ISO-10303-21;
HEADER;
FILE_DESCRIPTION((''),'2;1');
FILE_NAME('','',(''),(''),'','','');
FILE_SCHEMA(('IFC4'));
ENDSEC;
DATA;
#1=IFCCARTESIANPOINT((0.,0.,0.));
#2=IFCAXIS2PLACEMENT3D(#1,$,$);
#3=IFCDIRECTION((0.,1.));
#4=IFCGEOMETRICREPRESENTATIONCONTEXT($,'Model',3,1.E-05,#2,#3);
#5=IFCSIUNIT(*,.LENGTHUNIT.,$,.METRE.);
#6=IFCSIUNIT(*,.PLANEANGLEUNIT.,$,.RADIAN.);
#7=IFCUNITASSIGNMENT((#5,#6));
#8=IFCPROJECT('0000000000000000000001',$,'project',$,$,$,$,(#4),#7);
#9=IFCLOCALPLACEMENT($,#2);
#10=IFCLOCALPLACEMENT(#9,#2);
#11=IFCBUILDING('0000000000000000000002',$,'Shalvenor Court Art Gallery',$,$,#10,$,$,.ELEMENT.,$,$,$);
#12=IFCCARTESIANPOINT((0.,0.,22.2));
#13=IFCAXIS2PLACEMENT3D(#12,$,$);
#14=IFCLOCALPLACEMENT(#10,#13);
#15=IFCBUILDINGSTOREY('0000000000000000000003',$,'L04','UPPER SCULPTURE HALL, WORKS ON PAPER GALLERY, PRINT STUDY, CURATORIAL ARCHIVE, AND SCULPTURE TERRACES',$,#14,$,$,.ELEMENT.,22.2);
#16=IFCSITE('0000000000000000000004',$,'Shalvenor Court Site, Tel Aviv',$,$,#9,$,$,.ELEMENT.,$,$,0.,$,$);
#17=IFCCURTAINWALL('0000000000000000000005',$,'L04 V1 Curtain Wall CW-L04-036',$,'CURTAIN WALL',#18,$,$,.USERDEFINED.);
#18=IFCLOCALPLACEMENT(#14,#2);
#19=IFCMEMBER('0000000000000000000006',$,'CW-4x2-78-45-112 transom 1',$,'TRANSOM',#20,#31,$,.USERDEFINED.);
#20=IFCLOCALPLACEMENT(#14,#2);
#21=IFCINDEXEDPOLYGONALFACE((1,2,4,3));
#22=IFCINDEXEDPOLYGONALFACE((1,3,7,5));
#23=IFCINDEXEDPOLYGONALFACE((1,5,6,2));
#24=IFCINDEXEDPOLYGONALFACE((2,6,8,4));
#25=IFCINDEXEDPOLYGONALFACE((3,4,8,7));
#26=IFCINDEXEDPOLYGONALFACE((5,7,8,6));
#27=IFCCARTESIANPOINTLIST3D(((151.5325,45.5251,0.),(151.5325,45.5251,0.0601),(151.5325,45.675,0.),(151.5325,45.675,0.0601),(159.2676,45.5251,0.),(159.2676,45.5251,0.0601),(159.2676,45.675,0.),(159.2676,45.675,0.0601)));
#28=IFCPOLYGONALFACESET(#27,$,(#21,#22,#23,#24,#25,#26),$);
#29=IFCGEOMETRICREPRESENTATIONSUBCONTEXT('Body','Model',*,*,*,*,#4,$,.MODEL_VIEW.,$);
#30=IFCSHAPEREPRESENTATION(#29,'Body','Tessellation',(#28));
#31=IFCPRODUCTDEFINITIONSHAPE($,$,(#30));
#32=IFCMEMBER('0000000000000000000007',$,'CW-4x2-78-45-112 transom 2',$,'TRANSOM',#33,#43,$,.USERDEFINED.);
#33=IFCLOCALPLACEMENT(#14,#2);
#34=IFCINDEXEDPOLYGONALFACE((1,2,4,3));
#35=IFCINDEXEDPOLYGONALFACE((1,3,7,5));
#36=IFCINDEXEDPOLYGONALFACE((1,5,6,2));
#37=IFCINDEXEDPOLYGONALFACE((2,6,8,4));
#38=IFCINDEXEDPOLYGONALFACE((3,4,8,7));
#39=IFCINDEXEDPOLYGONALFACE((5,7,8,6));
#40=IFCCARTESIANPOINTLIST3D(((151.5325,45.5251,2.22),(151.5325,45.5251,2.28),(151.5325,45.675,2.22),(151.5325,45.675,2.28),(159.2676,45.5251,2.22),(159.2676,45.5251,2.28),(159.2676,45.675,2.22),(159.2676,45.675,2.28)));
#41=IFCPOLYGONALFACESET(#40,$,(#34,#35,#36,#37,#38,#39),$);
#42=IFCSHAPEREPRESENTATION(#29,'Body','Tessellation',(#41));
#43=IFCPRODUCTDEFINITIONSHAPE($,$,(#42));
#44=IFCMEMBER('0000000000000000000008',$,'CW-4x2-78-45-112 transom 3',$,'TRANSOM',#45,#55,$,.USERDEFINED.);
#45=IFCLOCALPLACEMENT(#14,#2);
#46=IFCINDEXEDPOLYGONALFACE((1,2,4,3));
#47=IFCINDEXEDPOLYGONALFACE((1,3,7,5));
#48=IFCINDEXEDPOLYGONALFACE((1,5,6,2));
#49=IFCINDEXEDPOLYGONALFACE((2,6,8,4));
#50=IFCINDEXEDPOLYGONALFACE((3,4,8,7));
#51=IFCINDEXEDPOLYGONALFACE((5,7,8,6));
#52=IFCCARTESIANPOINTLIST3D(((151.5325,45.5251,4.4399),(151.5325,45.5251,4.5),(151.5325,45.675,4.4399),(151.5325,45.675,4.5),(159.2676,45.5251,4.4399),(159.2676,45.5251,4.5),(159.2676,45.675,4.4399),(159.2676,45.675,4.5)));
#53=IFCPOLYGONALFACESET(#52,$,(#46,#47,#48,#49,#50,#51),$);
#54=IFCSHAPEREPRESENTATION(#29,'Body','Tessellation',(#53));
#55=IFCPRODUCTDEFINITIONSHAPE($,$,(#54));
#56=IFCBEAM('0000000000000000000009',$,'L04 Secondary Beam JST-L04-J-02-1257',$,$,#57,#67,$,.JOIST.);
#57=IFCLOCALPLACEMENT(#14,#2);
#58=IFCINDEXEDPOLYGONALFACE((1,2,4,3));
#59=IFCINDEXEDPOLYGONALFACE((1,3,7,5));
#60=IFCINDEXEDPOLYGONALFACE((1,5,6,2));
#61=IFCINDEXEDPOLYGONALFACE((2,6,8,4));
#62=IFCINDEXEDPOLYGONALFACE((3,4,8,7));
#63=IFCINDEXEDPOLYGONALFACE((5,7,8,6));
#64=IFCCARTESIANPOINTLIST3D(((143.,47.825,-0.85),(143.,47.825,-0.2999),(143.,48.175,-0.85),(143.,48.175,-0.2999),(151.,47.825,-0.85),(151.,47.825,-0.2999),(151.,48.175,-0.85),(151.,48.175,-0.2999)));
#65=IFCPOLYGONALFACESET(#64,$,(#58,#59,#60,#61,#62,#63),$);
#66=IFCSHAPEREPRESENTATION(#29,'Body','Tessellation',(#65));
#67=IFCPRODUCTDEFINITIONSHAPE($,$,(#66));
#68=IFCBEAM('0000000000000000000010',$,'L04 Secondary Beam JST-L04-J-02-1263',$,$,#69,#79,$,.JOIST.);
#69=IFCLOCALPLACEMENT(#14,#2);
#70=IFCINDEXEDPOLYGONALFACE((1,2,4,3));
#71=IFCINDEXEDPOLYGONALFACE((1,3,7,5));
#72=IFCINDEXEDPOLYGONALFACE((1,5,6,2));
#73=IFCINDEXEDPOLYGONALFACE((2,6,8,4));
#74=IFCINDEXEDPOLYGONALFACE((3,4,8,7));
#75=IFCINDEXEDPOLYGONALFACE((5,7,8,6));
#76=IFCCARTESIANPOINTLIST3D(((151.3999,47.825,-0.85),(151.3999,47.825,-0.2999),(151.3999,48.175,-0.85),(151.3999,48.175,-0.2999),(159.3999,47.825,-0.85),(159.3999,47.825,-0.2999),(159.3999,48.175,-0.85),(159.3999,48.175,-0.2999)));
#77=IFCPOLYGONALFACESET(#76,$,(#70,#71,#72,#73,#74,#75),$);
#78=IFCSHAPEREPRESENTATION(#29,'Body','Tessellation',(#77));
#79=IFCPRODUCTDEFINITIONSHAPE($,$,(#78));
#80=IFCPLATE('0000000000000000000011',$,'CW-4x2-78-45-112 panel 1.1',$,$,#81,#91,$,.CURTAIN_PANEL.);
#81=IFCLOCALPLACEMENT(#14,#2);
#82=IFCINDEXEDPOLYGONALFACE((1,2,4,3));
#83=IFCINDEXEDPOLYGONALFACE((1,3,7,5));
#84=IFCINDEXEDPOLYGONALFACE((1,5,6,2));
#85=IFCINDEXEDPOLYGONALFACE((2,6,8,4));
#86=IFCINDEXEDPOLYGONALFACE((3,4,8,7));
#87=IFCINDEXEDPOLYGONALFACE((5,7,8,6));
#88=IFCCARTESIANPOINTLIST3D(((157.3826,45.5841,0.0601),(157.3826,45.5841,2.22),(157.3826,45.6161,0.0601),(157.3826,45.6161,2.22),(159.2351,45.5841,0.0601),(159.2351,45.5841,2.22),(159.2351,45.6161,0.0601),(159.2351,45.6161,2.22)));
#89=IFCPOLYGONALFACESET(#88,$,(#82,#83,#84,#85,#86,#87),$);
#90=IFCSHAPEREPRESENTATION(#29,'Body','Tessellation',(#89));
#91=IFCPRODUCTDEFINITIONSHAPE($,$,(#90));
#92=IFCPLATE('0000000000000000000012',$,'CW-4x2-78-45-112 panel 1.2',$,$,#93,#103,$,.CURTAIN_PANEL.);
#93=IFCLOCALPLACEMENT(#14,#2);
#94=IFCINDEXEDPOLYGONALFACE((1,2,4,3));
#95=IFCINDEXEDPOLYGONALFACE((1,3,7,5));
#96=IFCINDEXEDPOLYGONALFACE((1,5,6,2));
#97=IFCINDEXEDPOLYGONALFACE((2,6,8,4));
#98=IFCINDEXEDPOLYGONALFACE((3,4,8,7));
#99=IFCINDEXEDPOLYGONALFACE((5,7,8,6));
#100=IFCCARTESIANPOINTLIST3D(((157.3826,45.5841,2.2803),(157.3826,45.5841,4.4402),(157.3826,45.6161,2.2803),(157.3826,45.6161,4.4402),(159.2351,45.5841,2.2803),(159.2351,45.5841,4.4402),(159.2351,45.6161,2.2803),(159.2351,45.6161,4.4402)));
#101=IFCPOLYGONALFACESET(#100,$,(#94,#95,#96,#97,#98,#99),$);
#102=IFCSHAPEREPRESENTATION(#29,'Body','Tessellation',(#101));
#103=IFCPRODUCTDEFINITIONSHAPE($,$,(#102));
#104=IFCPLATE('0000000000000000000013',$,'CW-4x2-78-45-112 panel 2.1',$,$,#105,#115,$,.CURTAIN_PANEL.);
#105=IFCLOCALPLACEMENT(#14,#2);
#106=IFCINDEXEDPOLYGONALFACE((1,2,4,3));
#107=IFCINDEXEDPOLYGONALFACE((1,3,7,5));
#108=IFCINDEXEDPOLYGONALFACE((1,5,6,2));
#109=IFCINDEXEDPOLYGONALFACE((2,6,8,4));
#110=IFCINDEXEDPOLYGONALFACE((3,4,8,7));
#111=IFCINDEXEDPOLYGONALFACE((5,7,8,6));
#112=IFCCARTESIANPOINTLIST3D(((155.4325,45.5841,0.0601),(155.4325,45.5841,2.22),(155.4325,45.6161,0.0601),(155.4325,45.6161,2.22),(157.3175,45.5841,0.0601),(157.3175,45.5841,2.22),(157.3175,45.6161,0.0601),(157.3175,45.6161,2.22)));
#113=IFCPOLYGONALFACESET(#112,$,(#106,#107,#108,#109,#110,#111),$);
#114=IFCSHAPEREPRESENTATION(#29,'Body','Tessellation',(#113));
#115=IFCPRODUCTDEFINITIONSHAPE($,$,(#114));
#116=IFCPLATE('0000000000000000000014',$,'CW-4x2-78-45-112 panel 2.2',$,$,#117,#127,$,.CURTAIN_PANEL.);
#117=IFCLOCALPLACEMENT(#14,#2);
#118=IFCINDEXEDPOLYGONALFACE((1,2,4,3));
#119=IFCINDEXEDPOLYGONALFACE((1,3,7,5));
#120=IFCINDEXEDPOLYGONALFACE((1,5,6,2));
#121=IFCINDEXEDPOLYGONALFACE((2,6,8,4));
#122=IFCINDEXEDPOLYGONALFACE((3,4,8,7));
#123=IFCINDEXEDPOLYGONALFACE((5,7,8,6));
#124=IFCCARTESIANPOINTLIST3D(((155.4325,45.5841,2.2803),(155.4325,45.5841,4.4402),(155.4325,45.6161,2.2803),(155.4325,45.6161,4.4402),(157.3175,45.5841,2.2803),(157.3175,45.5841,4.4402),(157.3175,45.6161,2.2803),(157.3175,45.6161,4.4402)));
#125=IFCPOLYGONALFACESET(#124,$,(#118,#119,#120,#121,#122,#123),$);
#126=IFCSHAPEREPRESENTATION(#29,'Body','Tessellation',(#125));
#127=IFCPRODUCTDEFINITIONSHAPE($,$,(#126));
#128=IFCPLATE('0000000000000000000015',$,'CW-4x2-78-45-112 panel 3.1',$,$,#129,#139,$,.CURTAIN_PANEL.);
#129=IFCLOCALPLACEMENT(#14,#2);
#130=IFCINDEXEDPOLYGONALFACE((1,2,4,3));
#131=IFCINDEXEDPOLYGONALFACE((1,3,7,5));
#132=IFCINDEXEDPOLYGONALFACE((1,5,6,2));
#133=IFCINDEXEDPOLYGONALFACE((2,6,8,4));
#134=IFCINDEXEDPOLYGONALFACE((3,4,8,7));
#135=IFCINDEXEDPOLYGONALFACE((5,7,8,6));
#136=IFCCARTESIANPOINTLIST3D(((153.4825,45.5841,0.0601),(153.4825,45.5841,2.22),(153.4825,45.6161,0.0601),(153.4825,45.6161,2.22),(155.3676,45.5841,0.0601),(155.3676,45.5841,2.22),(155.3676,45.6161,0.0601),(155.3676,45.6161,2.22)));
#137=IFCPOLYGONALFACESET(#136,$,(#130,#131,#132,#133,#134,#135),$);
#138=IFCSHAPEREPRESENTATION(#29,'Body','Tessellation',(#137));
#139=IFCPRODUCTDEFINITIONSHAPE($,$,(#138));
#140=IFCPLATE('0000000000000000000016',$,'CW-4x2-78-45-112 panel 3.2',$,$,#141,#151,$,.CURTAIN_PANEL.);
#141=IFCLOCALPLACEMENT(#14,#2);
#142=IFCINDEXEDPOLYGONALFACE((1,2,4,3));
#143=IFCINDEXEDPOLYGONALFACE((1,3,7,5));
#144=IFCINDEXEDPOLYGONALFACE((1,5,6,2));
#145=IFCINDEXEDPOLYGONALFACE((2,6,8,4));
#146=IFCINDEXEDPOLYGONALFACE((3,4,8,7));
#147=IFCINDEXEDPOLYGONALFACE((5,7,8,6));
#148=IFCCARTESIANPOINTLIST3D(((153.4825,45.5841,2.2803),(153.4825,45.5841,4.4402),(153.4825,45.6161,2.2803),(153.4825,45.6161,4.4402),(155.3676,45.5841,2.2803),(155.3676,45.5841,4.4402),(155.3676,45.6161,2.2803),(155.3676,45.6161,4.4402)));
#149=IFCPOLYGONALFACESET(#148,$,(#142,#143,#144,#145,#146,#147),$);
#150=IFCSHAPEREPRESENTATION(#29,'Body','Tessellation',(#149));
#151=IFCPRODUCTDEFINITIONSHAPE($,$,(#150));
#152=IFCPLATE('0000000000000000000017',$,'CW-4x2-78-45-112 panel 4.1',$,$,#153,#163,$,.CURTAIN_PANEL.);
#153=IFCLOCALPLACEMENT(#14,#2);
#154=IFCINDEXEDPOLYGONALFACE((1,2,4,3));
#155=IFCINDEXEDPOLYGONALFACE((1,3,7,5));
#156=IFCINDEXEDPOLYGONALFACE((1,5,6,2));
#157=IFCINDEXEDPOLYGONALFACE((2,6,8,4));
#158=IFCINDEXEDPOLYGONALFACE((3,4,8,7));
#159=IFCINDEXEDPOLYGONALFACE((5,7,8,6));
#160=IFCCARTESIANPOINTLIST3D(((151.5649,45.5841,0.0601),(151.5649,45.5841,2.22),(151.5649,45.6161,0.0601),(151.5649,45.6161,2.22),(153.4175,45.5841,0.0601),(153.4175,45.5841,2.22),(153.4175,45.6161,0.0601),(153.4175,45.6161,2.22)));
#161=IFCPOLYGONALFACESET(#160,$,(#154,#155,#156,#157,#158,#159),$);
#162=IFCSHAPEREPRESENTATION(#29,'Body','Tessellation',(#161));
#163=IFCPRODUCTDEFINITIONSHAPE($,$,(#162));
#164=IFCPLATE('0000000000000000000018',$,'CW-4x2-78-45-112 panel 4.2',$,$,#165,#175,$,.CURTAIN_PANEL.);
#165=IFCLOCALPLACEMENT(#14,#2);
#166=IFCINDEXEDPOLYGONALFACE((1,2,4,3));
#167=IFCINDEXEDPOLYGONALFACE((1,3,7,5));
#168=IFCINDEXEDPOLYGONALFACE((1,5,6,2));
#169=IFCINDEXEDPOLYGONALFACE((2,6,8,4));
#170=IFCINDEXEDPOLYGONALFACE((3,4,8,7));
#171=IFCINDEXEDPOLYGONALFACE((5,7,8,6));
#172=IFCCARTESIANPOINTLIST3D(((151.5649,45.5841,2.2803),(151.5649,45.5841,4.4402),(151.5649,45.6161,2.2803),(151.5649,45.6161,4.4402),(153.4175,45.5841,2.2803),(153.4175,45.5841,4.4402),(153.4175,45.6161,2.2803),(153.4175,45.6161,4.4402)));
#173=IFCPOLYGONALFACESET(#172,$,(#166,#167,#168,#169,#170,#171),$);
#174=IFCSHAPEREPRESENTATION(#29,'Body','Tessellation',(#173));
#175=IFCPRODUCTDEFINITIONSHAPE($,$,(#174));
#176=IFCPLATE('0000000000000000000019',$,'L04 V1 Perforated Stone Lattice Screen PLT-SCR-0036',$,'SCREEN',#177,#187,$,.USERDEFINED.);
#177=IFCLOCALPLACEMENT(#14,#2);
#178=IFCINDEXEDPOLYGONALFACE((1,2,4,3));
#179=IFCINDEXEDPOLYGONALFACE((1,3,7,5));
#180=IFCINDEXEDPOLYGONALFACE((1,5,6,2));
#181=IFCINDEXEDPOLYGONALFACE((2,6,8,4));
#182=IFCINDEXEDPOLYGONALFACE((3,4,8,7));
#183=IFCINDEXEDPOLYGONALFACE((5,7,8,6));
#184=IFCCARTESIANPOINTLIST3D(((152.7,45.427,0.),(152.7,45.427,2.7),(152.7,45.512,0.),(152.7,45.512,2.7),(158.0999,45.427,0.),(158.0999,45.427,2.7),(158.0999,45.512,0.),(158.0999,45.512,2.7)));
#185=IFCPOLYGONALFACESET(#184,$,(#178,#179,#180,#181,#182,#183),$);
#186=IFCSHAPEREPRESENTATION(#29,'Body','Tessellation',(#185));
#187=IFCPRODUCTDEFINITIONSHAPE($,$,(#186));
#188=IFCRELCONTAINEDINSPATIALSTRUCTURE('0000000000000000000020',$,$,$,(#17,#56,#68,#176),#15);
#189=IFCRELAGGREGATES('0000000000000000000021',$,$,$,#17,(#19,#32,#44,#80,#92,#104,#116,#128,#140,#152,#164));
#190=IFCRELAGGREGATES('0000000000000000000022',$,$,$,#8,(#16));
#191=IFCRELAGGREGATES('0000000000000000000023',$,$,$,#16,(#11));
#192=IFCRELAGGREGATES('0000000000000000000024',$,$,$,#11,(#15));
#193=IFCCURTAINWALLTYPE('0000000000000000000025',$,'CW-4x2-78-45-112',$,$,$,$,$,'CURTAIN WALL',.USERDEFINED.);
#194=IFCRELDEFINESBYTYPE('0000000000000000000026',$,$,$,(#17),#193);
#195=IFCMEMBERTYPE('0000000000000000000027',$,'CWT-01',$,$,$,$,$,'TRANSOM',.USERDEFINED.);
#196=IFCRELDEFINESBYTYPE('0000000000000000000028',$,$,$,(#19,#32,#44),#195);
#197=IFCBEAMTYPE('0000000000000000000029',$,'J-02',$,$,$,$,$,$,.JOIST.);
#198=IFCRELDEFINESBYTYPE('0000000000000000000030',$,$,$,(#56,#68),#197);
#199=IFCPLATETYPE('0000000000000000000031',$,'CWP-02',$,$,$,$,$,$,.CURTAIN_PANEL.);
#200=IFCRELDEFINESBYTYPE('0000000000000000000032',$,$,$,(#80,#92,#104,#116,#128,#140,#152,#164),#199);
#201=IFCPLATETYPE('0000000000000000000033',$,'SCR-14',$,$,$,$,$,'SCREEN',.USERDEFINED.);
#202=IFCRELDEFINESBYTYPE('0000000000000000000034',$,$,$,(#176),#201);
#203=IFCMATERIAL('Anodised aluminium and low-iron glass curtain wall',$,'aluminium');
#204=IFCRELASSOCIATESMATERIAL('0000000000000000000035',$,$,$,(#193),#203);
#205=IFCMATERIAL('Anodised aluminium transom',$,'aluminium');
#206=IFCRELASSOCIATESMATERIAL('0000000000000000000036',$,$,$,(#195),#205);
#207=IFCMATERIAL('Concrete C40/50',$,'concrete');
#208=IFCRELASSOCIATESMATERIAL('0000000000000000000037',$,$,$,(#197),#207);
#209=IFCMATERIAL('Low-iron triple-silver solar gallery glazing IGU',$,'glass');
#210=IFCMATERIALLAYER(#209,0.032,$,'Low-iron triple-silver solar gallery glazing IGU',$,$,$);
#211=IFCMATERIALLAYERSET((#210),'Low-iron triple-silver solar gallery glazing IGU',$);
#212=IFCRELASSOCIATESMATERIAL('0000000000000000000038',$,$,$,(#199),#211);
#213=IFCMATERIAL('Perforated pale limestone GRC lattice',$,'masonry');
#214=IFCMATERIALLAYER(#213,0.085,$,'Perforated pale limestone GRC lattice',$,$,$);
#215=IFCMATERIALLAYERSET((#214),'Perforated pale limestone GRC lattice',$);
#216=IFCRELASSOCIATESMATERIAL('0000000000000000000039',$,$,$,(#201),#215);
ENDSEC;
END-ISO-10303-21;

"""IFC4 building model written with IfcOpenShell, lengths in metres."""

from ifc_helpers import new_model, si_unit, direction, frame, origin, origin_2d, place, context, subcontext, project, spatial, rectangle, extrude, material, layer, layer_set, material_profile, profile_set, type_object, element, aggregate, save


model = new_model("IFC4")

# Units and contexts
model_context = context("Model", 3, precision=1e-05, world=origin(), true_north=direction((0.0, 1.0)))
body_context = subcontext(model_context, "Body", "Model", "MODEL_VIEW")
ifc_project = project(units=[si_unit("LENGTHUNIT", "METRE"), si_unit("PLANEANGLEUNIT", "RADIAN")], contexts=[model_context])

# Site, building, storey
site_placement = place(None, origin())
site = spatial("IfcSite", under=ifc_project, at=site_placement, Name="Shalvenor Court Site, Tel Aviv", CompositionType="ELEMENT", RefElevation=0.0)
building_placement = place(site_placement, origin())
building = spatial("IfcBuilding", under=site, at=building_placement, Name="Shalvenor Court Art Gallery", CompositionType="ELEMENT")
storey_placement = place(building_placement, frame((0.0, 0.0, 22.2)))
storey = spatial("IfcBuildingStorey", under=building, at=storey_placement, Name="L04", Description="UPPER SCULPTURE HALL, WORKS ON PAPER GALLERY, PRINT STUDY, CURATORIAL ARCHIVE, AND SCULPTURE TERRACES", CompositionType="ELEMENT", Elevation=22.2)

# Curtain wall, members
ifc_material_1 = material(Name="Anodised aluminium and low-iron glass curtain wall", Category="aluminium")
curtain_wall_type = type_object("IfcCurtainWallType", Name="CW-4x2-78-45-112", ElementType="CURTAIN WALL", PredefinedType="USERDEFINED", material=ifc_material_1)
curtain_wall_placement = place(storey_placement, origin())
curtain_wall = element("IfcCurtainWall", 1, at=curtain_wall_placement, inside=storey, type_object=curtain_wall_type, Name="L04 V1 Curtain Wall CW-L04-036", ObjectType="CURTAIN WALL", PredefinedType="USERDEFINED")
ifc_material_2 = material(Name="Anodised aluminium transom", Category="aluminium")
ifc_material_profile_1 = material_profile(ifc_material_2, rectangle(XDim=0.1499, YDim=0.0601, at=origin_2d()), Name="CWT-01")
ifc_profile_set_1 = profile_set([ifc_material_profile_1], Name="Anodised aluminium transom")
member_type_1 = type_object("IfcMemberType", Name="CWT-01", ElementType="TRANSOM", PredefinedType="USERDEFINED", material=ifc_profile_set_1)
member_1_placement = place(storey_placement, frame((159.2676, 45.6001, 0.03), z_axis=(-1.0, 0.0, 0.0), x_axis=(0.0, -1.0, 0.0)))
member_1 = element("IfcMember", 2, at=member_1_placement, type_object=member_type_1, Name="CW-4x2-78-45-112 transom 1", ObjectType="TRANSOM", PredefinedType="USERDEFINED", context=body_context, shape_type="SweptSolid", body=[
    extrude(rectangle(XDim=0.1499, YDim=0.0601, at=origin_2d()), origin(), (0.0, 0.0, 1.0), 7.7351),
])
member_2_placement = place(storey_placement, frame((159.2676, 45.6001, 2.25), z_axis=(-1.0, 0.0, 0.0), x_axis=(0.0, -1.0, 0.0)))
member_2 = element("IfcMember", 3, at=member_2_placement, type_object=member_type_1, Name="CW-4x2-78-45-112 transom 2", ObjectType="TRANSOM", PredefinedType="USERDEFINED", context=body_context, shape_type="SweptSolid", body=[
    extrude(rectangle(XDim=0.1499, YDim=0.0601, at=origin_2d()), origin(), (0.0, 0.0, 1.0), 7.7351),
])
member_3_placement = place(storey_placement, frame((159.2676, 45.6001, 4.47), z_axis=(-1.0, 0.0, 0.0), x_axis=(0.0, -1.0, 0.0)))
member_3 = element("IfcMember", 4, at=member_3_placement, type_object=member_type_1, Name="CW-4x2-78-45-112 transom 3", ObjectType="TRANSOM", PredefinedType="USERDEFINED", context=body_context, shape_type="SweptSolid", body=[
    extrude(rectangle(XDim=0.1499, YDim=0.0601, at=origin_2d()), origin(), (0.0, 0.0, 1.0), 7.7351),
])

# Beams
ifc_material_3 = material(Name="Concrete C40/50", Category="concrete")
ifc_material_profile_2 = material_profile(ifc_material_3, rectangle(XDim=0.3501, YDim=0.55, at=origin_2d()), Name="RC 350x550")
ifc_profile_set_2 = profile_set([ifc_material_profile_2], Name="Concrete C40/50")
beam_type_1 = type_object("IfcBeamType", Name="J-02", PredefinedType="JOIST", material=ifc_profile_set_2)
for number, where, z_axis, x_axis, name in (
    (5, (143.0, 48.0, -0.575), (1.0, 0.0, 0.0), (0.0, 1.0, 0.0), "L04 Secondary Beam JST-L04-J-02-1257"),
    (6, (151.3999, 48.0, -0.575), (1.0, 0.0, 0.0), (0.0, 1.0, 0.0), "L04 Secondary Beam JST-L04-J-02-1263"),
):
    element("IfcBeam", number, at=place(storey_placement, frame(where, z_axis=z_axis, x_axis=x_axis)), inside=storey, type_object=beam_type_1, Name=name, PredefinedType="JOIST", context=body_context, shape_type="SweptSolid", body=[
        extrude(rectangle(XDim=0.3501, YDim=0.55, at=origin_2d()), origin(), (0.0, 0.0, 1.0), 8.0),
    ])

# Plates
ifc_material_4 = material(Name="Low-iron triple-silver solar gallery glazing IGU", Category="glass")
ifc_layer_1 = layer(ifc_material_4, 0.032, Name="Low-iron triple-silver solar gallery glazing IGU")
ifc_layer_set_1 = layer_set([ifc_layer_1], Name="Low-iron triple-silver solar gallery glazing IGU")
plate_type_1 = type_object("IfcPlateType", Name="CWP-02", PredefinedType="CURTAIN_PANEL", material=ifc_layer_set_1)
plate_1_placement = place(storey_placement, frame((158.3088, 45.6001, 0.0601), z_axis=(0.0, 0.0, 1.0), x_axis=(-1.0, 0.0, 0.0)))
plate_1 = element("IfcPlate", 7, at=plate_1_placement, type_object=plate_type_1, Name="CW-4x2-78-45-112 panel 1.1", PredefinedType="CURTAIN_PANEL", context=body_context, shape_type="SweptSolid", body=[
    extrude(rectangle(XDim=1.8525, YDim=0.032, at=origin_2d()), origin(), (0.0, 0.0, 1.0), 2.1599),
])
plate_2_placement = place(storey_placement, frame((158.3088, 45.6001, 2.2803), z_axis=(0.0, 0.0, 1.0), x_axis=(-1.0, 0.0, 0.0)))
plate_2 = element("IfcPlate", 8, at=plate_2_placement, type_object=plate_type_1, Name="CW-4x2-78-45-112 panel 1.2", PredefinedType="CURTAIN_PANEL", context=body_context, shape_type="SweptSolid", body=[
    extrude(rectangle(XDim=1.8525, YDim=0.032, at=origin_2d()), origin(), (0.0, 0.0, 1.0), 2.1599),
])
plate_3_placement = place(storey_placement, frame((156.375, 45.6001, 0.0601), z_axis=(0.0, 0.0, 1.0), x_axis=(-1.0, 0.0, 0.0)))
plate_3 = element("IfcPlate", 9, at=plate_3_placement, type_object=plate_type_1, Name="CW-4x2-78-45-112 panel 2.1", PredefinedType="CURTAIN_PANEL", context=body_context, shape_type="SweptSolid", body=[
    extrude(rectangle(XDim=1.885, YDim=0.032, at=origin_2d()), origin(), (0.0, 0.0, 1.0), 2.1599),
])
plate_4_placement = place(storey_placement, frame((156.375, 45.6001, 2.2803), z_axis=(0.0, 0.0, 1.0), x_axis=(-1.0, 0.0, 0.0)))
plate_4 = element("IfcPlate", 10, at=plate_4_placement, type_object=plate_type_1, Name="CW-4x2-78-45-112 panel 2.2", PredefinedType="CURTAIN_PANEL", context=body_context, shape_type="SweptSolid", body=[
    extrude(rectangle(XDim=1.885, YDim=0.032, at=origin_2d()), origin(), (0.0, 0.0, 1.0), 2.1599),
])
plate_5_placement = place(storey_placement, frame((154.425, 45.6001, 0.0601), z_axis=(0.0, 0.0, 1.0), x_axis=(-1.0, 0.0, 0.0)))
plate_5 = element("IfcPlate", 11, at=plate_5_placement, type_object=plate_type_1, Name="CW-4x2-78-45-112 panel 3.1", PredefinedType="CURTAIN_PANEL", context=body_context, shape_type="SweptSolid", body=[
    extrude(rectangle(XDim=1.885, YDim=0.032, at=origin_2d()), origin(), (0.0, 0.0, 1.0), 2.1599),
])
plate_6_placement = place(storey_placement, frame((154.425, 45.6001, 2.2803), z_axis=(0.0, 0.0, 1.0), x_axis=(-1.0, 0.0, 0.0)))
plate_6 = element("IfcPlate", 12, at=plate_6_placement, type_object=plate_type_1, Name="CW-4x2-78-45-112 panel 3.2", PredefinedType="CURTAIN_PANEL", context=body_context, shape_type="SweptSolid", body=[
    extrude(rectangle(XDim=1.885, YDim=0.032, at=origin_2d()), origin(), (0.0, 0.0, 1.0), 2.1599),
])
plate_7_placement = place(storey_placement, frame((152.4912, 45.6001, 0.0601), z_axis=(0.0, 0.0, 1.0), x_axis=(-1.0, 0.0, 0.0)))
plate_7 = element("IfcPlate", 13, at=plate_7_placement, type_object=plate_type_1, Name="CW-4x2-78-45-112 panel 4.1", PredefinedType="CURTAIN_PANEL", context=body_context, shape_type="SweptSolid", body=[
    extrude(rectangle(XDim=1.8525, YDim=0.032, at=origin_2d()), origin(), (0.0, 0.0, 1.0), 2.1599),
])
plate_8_placement = place(storey_placement, frame((152.4912, 45.6001, 2.2803), z_axis=(0.0, 0.0, 1.0), x_axis=(-1.0, 0.0, 0.0)))
plate_8 = element("IfcPlate", 14, at=plate_8_placement, type_object=plate_type_1, Name="CW-4x2-78-45-112 panel 4.2", PredefinedType="CURTAIN_PANEL", context=body_context, shape_type="SweptSolid", body=[
    extrude(rectangle(XDim=1.8525, YDim=0.032, at=origin_2d()), origin(), (0.0, 0.0, 1.0), 2.1599),
])
aggregate(curtain_wall, [member_1, member_2, member_3, plate_1, plate_2, plate_3, plate_4, plate_5, plate_6, plate_7, plate_8])
ifc_material_5 = material(Name="Perforated pale limestone GRC lattice", Category="masonry")
ifc_layer_2 = layer(ifc_material_5, 0.085, Name="Perforated pale limestone GRC lattice")
ifc_layer_set_2 = layer_set([ifc_layer_2], Name="Perforated pale limestone GRC lattice")
plate_type_2 = type_object("IfcPlateType", Name="SCR-14", ElementType="SCREEN", PredefinedType="USERDEFINED", material=ifc_layer_set_2)
plate_9_placement = place(storey_placement, frame((155.3999, 45.4695, 0.0), z_axis=(0.0, 0.0, 1.0), x_axis=(-1.0, 0.0, 0.0)))
element("IfcPlate", 15, at=plate_9_placement, inside=storey, type_object=plate_type_2, Name="L04 V1 Perforated Stone Lattice Screen PLT-SCR-0036", ObjectType="SCREEN", PredefinedType="USERDEFINED", context=body_context, shape_type="SweptSolid", body=[
    extrude(rectangle(XDim=5.3999, YDim=0.085, at=origin_2d()), origin(), (0.0, 0.0, 1.0), 2.7),
])

save(model, "model.ifc")
